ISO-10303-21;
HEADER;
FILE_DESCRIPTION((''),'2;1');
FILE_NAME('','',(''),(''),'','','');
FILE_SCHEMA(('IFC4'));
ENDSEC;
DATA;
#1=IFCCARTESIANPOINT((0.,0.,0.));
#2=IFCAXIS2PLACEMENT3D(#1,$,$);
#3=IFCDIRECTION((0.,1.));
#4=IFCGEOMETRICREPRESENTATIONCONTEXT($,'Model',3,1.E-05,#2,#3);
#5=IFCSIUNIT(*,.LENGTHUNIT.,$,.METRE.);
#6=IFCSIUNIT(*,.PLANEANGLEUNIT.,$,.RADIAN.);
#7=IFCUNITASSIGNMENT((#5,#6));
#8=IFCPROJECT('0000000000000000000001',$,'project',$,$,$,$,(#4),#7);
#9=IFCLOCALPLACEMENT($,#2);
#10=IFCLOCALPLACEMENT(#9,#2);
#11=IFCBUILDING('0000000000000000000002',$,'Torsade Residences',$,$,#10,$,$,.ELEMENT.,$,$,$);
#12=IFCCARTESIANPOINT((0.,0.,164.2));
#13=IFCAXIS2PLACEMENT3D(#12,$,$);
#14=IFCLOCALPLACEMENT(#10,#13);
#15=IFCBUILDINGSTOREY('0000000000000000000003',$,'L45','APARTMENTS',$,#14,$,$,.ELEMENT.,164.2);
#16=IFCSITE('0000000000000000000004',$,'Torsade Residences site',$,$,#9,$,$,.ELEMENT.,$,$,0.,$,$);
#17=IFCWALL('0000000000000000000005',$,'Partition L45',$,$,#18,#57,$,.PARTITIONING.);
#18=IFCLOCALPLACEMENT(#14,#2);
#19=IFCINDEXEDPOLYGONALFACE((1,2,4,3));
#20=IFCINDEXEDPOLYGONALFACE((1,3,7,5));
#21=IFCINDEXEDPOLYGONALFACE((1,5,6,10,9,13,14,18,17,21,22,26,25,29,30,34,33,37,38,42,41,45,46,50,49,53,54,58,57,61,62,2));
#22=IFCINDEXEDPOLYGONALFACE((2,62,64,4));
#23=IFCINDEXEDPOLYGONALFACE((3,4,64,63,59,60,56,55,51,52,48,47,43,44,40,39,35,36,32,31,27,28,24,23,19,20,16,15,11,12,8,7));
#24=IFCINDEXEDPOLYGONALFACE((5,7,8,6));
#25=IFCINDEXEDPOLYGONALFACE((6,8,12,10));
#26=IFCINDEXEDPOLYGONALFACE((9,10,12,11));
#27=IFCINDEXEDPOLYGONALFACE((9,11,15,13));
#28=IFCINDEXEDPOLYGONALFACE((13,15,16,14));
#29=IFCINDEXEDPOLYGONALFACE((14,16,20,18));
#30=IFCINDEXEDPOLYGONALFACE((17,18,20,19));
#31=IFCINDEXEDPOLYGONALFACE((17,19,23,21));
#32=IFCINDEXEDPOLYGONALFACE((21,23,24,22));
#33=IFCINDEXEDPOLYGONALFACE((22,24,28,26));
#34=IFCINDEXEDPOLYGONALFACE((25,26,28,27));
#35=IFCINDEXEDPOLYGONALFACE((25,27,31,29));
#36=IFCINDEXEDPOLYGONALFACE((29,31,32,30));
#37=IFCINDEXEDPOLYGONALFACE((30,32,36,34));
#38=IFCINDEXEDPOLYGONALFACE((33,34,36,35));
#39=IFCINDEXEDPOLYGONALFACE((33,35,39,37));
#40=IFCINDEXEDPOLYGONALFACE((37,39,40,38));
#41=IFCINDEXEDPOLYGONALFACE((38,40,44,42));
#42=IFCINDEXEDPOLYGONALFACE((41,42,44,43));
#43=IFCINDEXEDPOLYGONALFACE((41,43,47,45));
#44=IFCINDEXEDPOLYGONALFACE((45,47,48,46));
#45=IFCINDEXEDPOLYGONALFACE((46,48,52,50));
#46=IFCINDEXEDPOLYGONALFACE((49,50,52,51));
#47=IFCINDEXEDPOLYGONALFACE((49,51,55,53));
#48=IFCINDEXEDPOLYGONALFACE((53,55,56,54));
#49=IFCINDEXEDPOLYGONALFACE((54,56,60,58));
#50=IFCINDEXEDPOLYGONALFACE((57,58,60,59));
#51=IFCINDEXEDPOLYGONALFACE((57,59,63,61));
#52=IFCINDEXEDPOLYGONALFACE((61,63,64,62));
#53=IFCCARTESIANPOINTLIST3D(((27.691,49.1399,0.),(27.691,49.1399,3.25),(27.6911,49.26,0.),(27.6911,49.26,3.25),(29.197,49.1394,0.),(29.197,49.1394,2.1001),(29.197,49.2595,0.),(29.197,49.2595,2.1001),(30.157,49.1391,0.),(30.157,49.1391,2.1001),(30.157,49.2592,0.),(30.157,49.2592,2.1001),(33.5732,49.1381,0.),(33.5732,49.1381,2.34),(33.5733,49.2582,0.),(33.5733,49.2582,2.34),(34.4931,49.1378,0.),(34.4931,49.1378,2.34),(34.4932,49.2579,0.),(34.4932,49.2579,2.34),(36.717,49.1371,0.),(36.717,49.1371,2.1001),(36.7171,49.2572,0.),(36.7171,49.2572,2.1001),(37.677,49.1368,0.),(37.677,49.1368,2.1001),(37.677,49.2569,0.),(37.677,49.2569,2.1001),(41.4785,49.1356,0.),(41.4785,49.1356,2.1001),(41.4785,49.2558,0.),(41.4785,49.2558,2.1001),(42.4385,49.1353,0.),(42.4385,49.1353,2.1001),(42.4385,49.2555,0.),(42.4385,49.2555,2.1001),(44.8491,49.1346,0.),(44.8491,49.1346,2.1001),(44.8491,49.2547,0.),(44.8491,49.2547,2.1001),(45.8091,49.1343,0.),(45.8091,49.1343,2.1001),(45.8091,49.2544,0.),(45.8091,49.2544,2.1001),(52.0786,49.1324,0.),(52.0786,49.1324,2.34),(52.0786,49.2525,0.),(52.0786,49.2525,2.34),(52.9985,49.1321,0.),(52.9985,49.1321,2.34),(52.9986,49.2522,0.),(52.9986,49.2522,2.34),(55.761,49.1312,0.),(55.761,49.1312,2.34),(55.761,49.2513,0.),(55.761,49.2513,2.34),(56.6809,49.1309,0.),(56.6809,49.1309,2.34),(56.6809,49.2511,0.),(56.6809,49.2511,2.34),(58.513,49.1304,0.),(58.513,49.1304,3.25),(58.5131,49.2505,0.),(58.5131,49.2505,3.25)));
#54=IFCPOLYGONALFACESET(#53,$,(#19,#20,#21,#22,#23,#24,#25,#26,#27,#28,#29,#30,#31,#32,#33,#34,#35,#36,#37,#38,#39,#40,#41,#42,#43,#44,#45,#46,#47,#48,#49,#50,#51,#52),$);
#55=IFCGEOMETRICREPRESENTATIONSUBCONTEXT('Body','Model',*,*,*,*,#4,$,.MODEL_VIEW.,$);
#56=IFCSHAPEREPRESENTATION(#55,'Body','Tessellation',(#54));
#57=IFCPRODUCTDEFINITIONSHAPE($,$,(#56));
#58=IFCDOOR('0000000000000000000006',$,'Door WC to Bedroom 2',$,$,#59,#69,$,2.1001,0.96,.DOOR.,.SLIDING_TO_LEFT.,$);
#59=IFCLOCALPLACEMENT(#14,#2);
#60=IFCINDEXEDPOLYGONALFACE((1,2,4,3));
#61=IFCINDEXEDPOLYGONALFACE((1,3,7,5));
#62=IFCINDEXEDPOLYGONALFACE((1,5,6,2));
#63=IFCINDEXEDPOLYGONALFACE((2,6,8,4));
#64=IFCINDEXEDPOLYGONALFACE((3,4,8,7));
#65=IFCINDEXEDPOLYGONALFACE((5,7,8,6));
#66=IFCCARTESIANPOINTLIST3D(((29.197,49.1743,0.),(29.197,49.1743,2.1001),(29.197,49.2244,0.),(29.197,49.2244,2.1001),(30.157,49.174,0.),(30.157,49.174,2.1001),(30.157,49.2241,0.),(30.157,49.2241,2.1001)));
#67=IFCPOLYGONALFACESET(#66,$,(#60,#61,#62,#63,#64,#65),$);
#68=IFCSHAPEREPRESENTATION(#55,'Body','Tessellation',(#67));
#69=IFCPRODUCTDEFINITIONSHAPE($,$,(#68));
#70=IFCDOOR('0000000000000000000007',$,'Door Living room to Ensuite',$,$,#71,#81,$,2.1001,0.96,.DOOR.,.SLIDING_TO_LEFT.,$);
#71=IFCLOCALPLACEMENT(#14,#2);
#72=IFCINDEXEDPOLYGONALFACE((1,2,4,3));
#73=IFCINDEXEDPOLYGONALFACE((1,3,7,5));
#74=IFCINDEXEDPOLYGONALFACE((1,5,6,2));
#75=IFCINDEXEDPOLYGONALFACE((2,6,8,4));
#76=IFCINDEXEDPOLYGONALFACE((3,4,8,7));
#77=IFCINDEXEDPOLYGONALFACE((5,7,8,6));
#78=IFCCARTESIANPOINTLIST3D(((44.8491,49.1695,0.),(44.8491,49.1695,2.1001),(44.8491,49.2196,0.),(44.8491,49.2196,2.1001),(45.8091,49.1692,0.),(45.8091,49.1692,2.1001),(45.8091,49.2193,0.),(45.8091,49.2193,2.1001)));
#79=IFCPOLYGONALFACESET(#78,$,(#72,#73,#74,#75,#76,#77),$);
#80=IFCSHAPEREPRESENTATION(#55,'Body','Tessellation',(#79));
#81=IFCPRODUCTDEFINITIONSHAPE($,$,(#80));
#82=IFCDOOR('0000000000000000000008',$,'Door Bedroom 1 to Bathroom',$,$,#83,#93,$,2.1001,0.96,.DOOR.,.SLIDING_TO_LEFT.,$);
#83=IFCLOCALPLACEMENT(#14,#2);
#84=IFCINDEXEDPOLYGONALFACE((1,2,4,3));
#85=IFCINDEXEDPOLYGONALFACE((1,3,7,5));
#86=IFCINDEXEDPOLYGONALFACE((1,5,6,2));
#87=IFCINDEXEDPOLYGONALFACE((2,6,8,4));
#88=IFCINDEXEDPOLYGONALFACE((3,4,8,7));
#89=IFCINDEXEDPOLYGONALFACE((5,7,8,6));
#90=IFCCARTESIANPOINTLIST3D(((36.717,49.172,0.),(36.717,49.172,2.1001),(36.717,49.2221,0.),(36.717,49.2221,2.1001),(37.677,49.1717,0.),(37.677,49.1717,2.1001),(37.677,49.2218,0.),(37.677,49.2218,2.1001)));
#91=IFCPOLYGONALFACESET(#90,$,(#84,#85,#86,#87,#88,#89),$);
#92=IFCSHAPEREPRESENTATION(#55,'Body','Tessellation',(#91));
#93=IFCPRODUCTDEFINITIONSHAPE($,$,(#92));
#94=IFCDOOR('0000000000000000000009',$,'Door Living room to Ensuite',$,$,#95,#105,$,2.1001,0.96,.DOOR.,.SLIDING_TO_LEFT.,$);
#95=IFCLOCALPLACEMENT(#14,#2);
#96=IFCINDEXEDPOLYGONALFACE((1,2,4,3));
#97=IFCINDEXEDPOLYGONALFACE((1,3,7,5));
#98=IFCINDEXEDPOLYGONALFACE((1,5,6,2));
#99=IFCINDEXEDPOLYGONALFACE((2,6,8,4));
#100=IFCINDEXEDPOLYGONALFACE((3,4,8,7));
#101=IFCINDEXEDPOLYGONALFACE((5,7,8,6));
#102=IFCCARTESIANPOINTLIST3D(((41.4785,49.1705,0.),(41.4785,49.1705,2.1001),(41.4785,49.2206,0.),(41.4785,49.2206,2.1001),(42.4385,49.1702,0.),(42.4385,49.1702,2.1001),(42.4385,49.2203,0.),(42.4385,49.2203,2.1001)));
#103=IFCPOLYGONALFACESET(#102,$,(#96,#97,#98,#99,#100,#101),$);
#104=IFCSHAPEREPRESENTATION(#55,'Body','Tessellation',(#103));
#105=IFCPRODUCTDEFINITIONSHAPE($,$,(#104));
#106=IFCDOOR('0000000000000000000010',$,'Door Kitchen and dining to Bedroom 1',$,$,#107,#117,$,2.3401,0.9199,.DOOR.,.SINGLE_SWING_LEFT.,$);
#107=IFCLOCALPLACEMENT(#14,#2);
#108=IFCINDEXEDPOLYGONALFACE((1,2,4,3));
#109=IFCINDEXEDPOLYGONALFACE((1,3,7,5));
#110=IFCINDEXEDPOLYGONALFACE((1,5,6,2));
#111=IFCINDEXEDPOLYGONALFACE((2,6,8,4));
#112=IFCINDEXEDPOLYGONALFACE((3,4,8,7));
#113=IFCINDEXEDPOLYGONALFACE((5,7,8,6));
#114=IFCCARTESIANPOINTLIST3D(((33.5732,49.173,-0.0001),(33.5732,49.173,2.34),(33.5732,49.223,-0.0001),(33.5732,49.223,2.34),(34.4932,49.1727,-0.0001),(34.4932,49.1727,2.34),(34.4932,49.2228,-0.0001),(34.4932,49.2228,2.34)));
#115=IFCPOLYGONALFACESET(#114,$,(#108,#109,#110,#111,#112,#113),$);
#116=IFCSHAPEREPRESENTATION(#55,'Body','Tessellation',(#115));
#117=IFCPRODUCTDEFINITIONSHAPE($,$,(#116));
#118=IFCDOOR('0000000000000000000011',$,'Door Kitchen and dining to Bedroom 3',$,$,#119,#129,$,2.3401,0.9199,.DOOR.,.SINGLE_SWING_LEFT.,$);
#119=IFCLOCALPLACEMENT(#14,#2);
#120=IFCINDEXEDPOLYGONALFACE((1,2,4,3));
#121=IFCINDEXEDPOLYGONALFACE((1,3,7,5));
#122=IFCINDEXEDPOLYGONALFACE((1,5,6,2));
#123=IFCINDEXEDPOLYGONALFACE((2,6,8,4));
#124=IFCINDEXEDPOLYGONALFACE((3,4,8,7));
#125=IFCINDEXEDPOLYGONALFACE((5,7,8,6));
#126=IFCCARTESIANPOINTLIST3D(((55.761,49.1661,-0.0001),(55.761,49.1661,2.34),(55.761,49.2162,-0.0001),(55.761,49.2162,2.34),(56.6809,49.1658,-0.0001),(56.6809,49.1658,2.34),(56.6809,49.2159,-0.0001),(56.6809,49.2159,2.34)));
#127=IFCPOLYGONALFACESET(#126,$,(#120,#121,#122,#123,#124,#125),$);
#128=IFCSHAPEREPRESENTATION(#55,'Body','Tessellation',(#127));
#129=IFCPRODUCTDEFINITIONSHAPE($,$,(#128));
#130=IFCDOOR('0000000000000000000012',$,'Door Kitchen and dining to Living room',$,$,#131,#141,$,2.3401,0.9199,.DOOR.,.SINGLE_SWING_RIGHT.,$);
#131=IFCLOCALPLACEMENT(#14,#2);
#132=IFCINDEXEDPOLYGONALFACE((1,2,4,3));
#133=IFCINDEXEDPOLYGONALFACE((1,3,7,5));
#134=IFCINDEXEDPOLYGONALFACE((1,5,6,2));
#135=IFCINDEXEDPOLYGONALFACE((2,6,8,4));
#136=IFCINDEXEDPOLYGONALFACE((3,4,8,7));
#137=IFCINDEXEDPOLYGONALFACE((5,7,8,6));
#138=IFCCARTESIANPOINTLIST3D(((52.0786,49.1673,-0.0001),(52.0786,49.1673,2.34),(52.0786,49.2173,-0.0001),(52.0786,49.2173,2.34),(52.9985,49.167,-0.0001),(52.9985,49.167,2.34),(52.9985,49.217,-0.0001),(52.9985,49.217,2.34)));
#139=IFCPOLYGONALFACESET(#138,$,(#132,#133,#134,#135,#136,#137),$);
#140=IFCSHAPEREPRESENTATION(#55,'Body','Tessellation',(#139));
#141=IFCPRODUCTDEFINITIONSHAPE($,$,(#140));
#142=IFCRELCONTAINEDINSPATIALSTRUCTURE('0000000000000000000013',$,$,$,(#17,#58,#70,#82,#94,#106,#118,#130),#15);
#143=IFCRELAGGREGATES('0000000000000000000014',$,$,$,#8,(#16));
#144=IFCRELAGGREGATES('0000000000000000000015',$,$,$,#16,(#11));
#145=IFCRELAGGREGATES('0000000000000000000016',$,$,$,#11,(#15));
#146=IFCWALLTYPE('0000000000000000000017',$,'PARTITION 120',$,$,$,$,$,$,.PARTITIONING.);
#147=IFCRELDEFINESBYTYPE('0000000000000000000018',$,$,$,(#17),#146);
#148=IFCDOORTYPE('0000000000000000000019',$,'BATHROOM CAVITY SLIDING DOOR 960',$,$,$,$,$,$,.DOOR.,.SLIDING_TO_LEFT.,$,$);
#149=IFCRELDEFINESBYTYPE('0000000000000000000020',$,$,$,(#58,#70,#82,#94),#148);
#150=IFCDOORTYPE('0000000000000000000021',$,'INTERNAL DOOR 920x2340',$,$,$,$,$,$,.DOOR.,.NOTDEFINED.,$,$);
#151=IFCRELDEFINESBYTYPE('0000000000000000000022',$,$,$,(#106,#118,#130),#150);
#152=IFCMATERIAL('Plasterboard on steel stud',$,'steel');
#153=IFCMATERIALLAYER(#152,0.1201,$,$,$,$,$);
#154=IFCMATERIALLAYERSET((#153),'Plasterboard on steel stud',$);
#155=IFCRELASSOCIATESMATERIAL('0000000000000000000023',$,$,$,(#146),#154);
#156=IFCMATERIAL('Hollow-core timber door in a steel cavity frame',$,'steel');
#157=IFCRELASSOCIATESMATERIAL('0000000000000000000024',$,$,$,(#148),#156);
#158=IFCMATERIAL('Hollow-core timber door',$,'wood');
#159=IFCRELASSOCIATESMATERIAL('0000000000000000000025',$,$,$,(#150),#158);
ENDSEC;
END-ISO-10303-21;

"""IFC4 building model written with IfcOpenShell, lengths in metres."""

from ifc_helpers import new_model, si_unit, direction, frame, frame_2d, origin, place, context, subcontext, project, spatial, rectangle, extrude, material, layer, layer_set, type_object, element, fill, save


model = new_model("IFC4")

# Units and contexts
model_context = context("Model", 3, precision=1e-05, world=origin(), true_north=direction((0.0, 1.0)))
body_context = subcontext(model_context, "Body", "Model", "MODEL_VIEW")
ifc_project = project(units=[si_unit("LENGTHUNIT", "METRE"), si_unit("PLANEANGLEUNIT", "RADIAN")], contexts=[model_context])

# Site, building, storey
site_placement = place(None, origin())
site = spatial("IfcSite", under=ifc_project, at=site_placement, Name="Torsade Residences site", CompositionType="ELEMENT", RefElevation=0.0)
building_placement = place(site_placement, origin())
building = spatial("IfcBuilding", under=site, at=building_placement, Name="Torsade Residences", CompositionType="ELEMENT")
storey_placement = place(building_placement, frame((0.0, 0.0, 164.2)))
storey = spatial("IfcBuildingStorey", under=building, at=storey_placement, Name="L45", Description="APARTMENTS", CompositionType="ELEMENT", Elevation=164.2)

# Wall, openings, doors
ifc_material_1 = material(Name="Plasterboard on steel stud", Category="steel")
ifc_layer_1 = layer(ifc_material_1, 0.1201)
ifc_layer_set_1 = layer_set([ifc_layer_1], Name="Plasterboard on steel stud")
wall_type_1 = type_object("IfcWallType", Name="PARTITION 120", PredefinedType="PARTITIONING", material=ifc_layer_set_1)
wall_1_placement = place(storey_placement, frame((27.6909, 49.2, 0.0), z_axis=(0.0, 0.0, 1.0), x_axis=(1.0, -0.000309, 0.0)))
wall_1 = element("IfcWall", 1, at=wall_1_placement, inside=storey, type_object=wall_type_1, Name="Partition L45", PredefinedType="PARTITIONING", context=body_context, shape_type="SweptSolid", body=[
    extrude(rectangle(XDim=30.822, YDim=0.1201, at=frame_2d((15.4111, 0.0))), origin(), (0.0, 0.0, 1.0), 3.25),
])
opening_1_placement = place(wall_1_placement, frame((5.8823, 0.0, 0.0)))
opening_1 = element("IfcOpeningElement", 2, at=opening_1_placement, cuts=wall_1, PredefinedType="OPENING", context=body_context, shape_type="SweptSolid", body=[
    extrude(rectangle(XDim=0.9199, YDim=2.3401, at=frame_2d((0.46, 1.1699))), frame((0.0, 0.0701, 0.0), z_axis=(0.0, -1.0, 0.0), x_axis=(1.0, 0.0, 0.0)), (0.0, 0.0, 1.0), 0.1401),
])
opening_2_placement = place(wall_1_placement, frame((28.0701, 0.0, 0.0)))
opening_2 = element("IfcOpeningElement", 3, at=opening_2_placement, cuts=wall_1, PredefinedType="OPENING", context=body_context, shape_type="SweptSolid", body=[
    extrude(rectangle(XDim=0.9199, YDim=2.3401, at=frame_2d((0.46, 1.1699))), frame((0.0, 0.0701, 0.0), z_axis=(0.0, -1.0, 0.0), x_axis=(1.0, 0.0, 0.0)), (0.0, 0.0, 1.0), 0.1401),
])
opening_3_placement = place(wall_1_placement, frame((24.3877, 0.0, 0.0)))
opening_3 = element("IfcOpeningElement", 4, at=opening_3_placement, cuts=wall_1, PredefinedType="OPENING", context=body_context, shape_type="SweptSolid", body=[
    extrude(rectangle(XDim=0.9199, YDim=2.3401, at=frame_2d((0.46, 1.1699))), frame((0.0, 0.0701, 0.0), z_axis=(0.0, -1.0, 0.0), x_axis=(1.0, 0.0, 0.0)), (0.0, 0.0, 1.0), 0.1401),
])
opening_4_placement = place(wall_1_placement, frame((1.5061, 0.0, 0.0)))
opening_4 = element("IfcOpeningElement", 5, at=opening_4_placement, cuts=wall_1, PredefinedType="OPENING", context=body_context, shape_type="SweptSolid", body=[
    extrude(rectangle(XDim=0.96, YDim=2.1001, at=frame_2d((0.48, 1.05))), frame((0.0, 0.0701, 0.0), z_axis=(0.0, -1.0, 0.0), x_axis=(1.0, 0.0, 0.0)), (0.0, 0.0, 1.0), 0.1401),
])
opening_5_placement = place(wall_1_placement, frame((17.1582, 0.0, 0.0)))
opening_5 = element("IfcOpeningElement", 6, at=opening_5_placement, cuts=wall_1, PredefinedType="OPENING", context=body_context, shape_type="SweptSolid", body=[
    extrude(rectangle(XDim=0.96, YDim=2.1001, at=frame_2d((0.48, 1.05))), frame((0.0, 0.0701, 0.0), z_axis=(0.0, -1.0, 0.0), x_axis=(1.0, 0.0, 0.0)), (0.0, 0.0, 1.0), 0.1401),
])
opening_6_placement = place(wall_1_placement, frame((9.0261, 0.0, 0.0)))
opening_6 = element("IfcOpeningElement", 7, at=opening_6_placement, cuts=wall_1, PredefinedType="OPENING", context=body_context, shape_type="SweptSolid", body=[
    extrude(rectangle(XDim=0.96, YDim=2.1001, at=frame_2d((0.48, 1.05))), frame((0.0, 0.0701, 0.0), z_axis=(0.0, -1.0, 0.0), x_axis=(1.0, 0.0, 0.0)), (0.0, 0.0, 1.0), 0.1401),
])
opening_7_placement = place(wall_1_placement, frame((13.7876, 0.0, 0.0)))
opening_7 = element("IfcOpeningElement", 8, at=opening_7_placement, cuts=wall_1, PredefinedType="OPENING", context=body_context, shape_type="SweptSolid", body=[
    extrude(rectangle(XDim=0.96, YDim=2.1001, at=frame_2d((0.48, 1.05))), frame((0.0, 0.0701, 0.0), z_axis=(0.0, -1.0, 0.0), x_axis=(1.0, 0.0, 0.0)), (0.0, 0.0, 1.0), 0.1401),
])
ifc_material_2 = material(Name="Hollow-core timber door in a steel cavity frame", Category="steel")
door_type_1 = type_object("IfcDoorType", Name="BATHROOM CAVITY SLIDING DOOR 960", OperationType="SLIDING_TO_LEFT", PredefinedType="DOOR", material=ifc_material_2)
door_1_placement = place(opening_4_placement, origin())
door_1 = element("IfcDoor", 9, at=door_1_placement, inside=storey, type_object=door_type_1, Name="Door WC to Bedroom 2", OperationType="SLIDING_TO_LEFT", OverallHeight=2.1001, OverallWidth=0.96, PredefinedType="DOOR", context=body_context, shape_type="SweptSolid", body=[
    extrude(rectangle(XDim=0.96, YDim=2.1001, at=frame_2d((0.48, 1.05))), frame((0.0, 0.0249, 0.0), z_axis=(0.0, -1.0, 0.0), x_axis=(1.0, 0.0, 0.0)), (0.0, 0.0, 1.0), 0.05),
])
fill(opening_4, door_1)
door_2_placement = place(opening_5_placement, origin())
door_2 = element("IfcDoor", 10, at=door_2_placement, inside=storey, type_object=door_type_1, Name="Door Living room to Ensuite", OperationType="SLIDING_TO_LEFT", OverallHeight=2.1001, OverallWidth=0.96, PredefinedType="DOOR", context=body_context, shape_type="SweptSolid", body=[
    extrude(rectangle(XDim=0.96, YDim=2.1001, at=frame_2d((0.48, 1.05))), frame((0.0, 0.0249, 0.0), z_axis=(0.0, -1.0, 0.0), x_axis=(1.0, 0.0, 0.0)), (0.0, 0.0, 1.0), 0.05),
])
fill(opening_5, door_2)
door_3_placement = place(opening_6_placement, origin())
door_3 = element("IfcDoor", 11, at=door_3_placement, inside=storey, type_object=door_type_1, Name="Door Bedroom 1 to Bathroom", OperationType="SLIDING_TO_LEFT", OverallHeight=2.1001, OverallWidth=0.96, PredefinedType="DOOR", context=body_context, shape_type="SweptSolid", body=[
    extrude(rectangle(XDim=0.96, YDim=2.1001, at=frame_2d((0.48, 1.05))), frame((0.0, 0.0249, 0.0), z_axis=(0.0, -1.0, 0.0), x_axis=(1.0, 0.0, 0.0)), (0.0, 0.0, 1.0), 0.05),
])
fill(opening_6, door_3)
door_4_placement = place(opening_7_placement, origin())
door_4 = element("IfcDoor", 12, at=door_4_placement, inside=storey, type_object=door_type_1, Name="Door Living room to Ensuite", OperationType="SLIDING_TO_LEFT", OverallHeight=2.1001, OverallWidth=0.96, PredefinedType="DOOR", context=body_context, shape_type="SweptSolid", body=[
    extrude(rectangle(XDim=0.96, YDim=2.1001, at=frame_2d((0.48, 1.05))), frame((0.0, 0.0249, 0.0), z_axis=(0.0, -1.0, 0.0), x_axis=(1.0, 0.0, 0.0)), (0.0, 0.0, 1.0), 0.05),
])
fill(opening_7, door_4)
ifc_material_3 = material(Name="Hollow-core timber door", Category="wood")
door_type_2 = type_object("IfcDoorType", Name="INTERNAL DOOR 920x2340", OperationType="NOTDEFINED", PredefinedType="DOOR", material=ifc_material_3)
door_5_placement = place(opening_1_placement, origin())
door_5 = element("IfcDoor", 13, at=door_5_placement, inside=storey, type_object=door_type_2, Name="Door Kitchen and dining to Bedroom 1", OperationType="SINGLE_SWING_LEFT", OverallHeight=2.3401, OverallWidth=0.9199, PredefinedType="DOOR", context=body_context, shape_type="SweptSolid", body=[
    extrude(rectangle(XDim=0.9199, YDim=2.3401, at=frame_2d((0.46, 1.1699))), frame((0.0, 0.0249, 0.0), z_axis=(0.0, -1.0, 0.0), x_axis=(1.0, 0.0, 0.0)), (0.0, 0.0, 1.0), 0.05),
])
fill(opening_1, door_5)
door_6_placement = place(opening_2_placement, origin())
door_6 = element("IfcDoor", 14, at=door_6_placement, inside=storey, type_object=door_type_2, Name="Door Kitchen and dining to Bedroom 3", OperationType="SINGLE_SWING_LEFT", OverallHeight=2.3401, OverallWidth=0.9199, PredefinedType="DOOR", context=body_context, shape_type="SweptSolid", body=[
    extrude(rectangle(XDim=0.9199, YDim=2.3401, at=frame_2d((0.46, 1.1699))), frame((0.0, 0.0249, 0.0), z_axis=(0.0, -1.0, 0.0), x_axis=(1.0, 0.0, 0.0)), (0.0, 0.0, 1.0), 0.05),
])
fill(opening_2, door_6)
door_7_placement = place(opening_3_placement, origin())
door_7 = element("IfcDoor", 15, at=door_7_placement, inside=storey, type_object=door_type_2, Name="Door Kitchen and dining to Living room", OperationType="SINGLE_SWING_RIGHT", OverallHeight=2.3401, OverallWidth=0.9199, PredefinedType="DOOR", context=body_context, shape_type="SweptSolid", body=[
    extrude(rectangle(XDim=0.9199, YDim=2.3401, at=frame_2d((0.46, 1.1699))), frame((0.0, 0.0249, 0.0), z_axis=(0.0, -1.0, 0.0), x_axis=(1.0, 0.0, 0.0)), (0.0, 0.0, 1.0), 0.05),
])
fill(opening_3, door_7)

save(model, "model.ifc")
